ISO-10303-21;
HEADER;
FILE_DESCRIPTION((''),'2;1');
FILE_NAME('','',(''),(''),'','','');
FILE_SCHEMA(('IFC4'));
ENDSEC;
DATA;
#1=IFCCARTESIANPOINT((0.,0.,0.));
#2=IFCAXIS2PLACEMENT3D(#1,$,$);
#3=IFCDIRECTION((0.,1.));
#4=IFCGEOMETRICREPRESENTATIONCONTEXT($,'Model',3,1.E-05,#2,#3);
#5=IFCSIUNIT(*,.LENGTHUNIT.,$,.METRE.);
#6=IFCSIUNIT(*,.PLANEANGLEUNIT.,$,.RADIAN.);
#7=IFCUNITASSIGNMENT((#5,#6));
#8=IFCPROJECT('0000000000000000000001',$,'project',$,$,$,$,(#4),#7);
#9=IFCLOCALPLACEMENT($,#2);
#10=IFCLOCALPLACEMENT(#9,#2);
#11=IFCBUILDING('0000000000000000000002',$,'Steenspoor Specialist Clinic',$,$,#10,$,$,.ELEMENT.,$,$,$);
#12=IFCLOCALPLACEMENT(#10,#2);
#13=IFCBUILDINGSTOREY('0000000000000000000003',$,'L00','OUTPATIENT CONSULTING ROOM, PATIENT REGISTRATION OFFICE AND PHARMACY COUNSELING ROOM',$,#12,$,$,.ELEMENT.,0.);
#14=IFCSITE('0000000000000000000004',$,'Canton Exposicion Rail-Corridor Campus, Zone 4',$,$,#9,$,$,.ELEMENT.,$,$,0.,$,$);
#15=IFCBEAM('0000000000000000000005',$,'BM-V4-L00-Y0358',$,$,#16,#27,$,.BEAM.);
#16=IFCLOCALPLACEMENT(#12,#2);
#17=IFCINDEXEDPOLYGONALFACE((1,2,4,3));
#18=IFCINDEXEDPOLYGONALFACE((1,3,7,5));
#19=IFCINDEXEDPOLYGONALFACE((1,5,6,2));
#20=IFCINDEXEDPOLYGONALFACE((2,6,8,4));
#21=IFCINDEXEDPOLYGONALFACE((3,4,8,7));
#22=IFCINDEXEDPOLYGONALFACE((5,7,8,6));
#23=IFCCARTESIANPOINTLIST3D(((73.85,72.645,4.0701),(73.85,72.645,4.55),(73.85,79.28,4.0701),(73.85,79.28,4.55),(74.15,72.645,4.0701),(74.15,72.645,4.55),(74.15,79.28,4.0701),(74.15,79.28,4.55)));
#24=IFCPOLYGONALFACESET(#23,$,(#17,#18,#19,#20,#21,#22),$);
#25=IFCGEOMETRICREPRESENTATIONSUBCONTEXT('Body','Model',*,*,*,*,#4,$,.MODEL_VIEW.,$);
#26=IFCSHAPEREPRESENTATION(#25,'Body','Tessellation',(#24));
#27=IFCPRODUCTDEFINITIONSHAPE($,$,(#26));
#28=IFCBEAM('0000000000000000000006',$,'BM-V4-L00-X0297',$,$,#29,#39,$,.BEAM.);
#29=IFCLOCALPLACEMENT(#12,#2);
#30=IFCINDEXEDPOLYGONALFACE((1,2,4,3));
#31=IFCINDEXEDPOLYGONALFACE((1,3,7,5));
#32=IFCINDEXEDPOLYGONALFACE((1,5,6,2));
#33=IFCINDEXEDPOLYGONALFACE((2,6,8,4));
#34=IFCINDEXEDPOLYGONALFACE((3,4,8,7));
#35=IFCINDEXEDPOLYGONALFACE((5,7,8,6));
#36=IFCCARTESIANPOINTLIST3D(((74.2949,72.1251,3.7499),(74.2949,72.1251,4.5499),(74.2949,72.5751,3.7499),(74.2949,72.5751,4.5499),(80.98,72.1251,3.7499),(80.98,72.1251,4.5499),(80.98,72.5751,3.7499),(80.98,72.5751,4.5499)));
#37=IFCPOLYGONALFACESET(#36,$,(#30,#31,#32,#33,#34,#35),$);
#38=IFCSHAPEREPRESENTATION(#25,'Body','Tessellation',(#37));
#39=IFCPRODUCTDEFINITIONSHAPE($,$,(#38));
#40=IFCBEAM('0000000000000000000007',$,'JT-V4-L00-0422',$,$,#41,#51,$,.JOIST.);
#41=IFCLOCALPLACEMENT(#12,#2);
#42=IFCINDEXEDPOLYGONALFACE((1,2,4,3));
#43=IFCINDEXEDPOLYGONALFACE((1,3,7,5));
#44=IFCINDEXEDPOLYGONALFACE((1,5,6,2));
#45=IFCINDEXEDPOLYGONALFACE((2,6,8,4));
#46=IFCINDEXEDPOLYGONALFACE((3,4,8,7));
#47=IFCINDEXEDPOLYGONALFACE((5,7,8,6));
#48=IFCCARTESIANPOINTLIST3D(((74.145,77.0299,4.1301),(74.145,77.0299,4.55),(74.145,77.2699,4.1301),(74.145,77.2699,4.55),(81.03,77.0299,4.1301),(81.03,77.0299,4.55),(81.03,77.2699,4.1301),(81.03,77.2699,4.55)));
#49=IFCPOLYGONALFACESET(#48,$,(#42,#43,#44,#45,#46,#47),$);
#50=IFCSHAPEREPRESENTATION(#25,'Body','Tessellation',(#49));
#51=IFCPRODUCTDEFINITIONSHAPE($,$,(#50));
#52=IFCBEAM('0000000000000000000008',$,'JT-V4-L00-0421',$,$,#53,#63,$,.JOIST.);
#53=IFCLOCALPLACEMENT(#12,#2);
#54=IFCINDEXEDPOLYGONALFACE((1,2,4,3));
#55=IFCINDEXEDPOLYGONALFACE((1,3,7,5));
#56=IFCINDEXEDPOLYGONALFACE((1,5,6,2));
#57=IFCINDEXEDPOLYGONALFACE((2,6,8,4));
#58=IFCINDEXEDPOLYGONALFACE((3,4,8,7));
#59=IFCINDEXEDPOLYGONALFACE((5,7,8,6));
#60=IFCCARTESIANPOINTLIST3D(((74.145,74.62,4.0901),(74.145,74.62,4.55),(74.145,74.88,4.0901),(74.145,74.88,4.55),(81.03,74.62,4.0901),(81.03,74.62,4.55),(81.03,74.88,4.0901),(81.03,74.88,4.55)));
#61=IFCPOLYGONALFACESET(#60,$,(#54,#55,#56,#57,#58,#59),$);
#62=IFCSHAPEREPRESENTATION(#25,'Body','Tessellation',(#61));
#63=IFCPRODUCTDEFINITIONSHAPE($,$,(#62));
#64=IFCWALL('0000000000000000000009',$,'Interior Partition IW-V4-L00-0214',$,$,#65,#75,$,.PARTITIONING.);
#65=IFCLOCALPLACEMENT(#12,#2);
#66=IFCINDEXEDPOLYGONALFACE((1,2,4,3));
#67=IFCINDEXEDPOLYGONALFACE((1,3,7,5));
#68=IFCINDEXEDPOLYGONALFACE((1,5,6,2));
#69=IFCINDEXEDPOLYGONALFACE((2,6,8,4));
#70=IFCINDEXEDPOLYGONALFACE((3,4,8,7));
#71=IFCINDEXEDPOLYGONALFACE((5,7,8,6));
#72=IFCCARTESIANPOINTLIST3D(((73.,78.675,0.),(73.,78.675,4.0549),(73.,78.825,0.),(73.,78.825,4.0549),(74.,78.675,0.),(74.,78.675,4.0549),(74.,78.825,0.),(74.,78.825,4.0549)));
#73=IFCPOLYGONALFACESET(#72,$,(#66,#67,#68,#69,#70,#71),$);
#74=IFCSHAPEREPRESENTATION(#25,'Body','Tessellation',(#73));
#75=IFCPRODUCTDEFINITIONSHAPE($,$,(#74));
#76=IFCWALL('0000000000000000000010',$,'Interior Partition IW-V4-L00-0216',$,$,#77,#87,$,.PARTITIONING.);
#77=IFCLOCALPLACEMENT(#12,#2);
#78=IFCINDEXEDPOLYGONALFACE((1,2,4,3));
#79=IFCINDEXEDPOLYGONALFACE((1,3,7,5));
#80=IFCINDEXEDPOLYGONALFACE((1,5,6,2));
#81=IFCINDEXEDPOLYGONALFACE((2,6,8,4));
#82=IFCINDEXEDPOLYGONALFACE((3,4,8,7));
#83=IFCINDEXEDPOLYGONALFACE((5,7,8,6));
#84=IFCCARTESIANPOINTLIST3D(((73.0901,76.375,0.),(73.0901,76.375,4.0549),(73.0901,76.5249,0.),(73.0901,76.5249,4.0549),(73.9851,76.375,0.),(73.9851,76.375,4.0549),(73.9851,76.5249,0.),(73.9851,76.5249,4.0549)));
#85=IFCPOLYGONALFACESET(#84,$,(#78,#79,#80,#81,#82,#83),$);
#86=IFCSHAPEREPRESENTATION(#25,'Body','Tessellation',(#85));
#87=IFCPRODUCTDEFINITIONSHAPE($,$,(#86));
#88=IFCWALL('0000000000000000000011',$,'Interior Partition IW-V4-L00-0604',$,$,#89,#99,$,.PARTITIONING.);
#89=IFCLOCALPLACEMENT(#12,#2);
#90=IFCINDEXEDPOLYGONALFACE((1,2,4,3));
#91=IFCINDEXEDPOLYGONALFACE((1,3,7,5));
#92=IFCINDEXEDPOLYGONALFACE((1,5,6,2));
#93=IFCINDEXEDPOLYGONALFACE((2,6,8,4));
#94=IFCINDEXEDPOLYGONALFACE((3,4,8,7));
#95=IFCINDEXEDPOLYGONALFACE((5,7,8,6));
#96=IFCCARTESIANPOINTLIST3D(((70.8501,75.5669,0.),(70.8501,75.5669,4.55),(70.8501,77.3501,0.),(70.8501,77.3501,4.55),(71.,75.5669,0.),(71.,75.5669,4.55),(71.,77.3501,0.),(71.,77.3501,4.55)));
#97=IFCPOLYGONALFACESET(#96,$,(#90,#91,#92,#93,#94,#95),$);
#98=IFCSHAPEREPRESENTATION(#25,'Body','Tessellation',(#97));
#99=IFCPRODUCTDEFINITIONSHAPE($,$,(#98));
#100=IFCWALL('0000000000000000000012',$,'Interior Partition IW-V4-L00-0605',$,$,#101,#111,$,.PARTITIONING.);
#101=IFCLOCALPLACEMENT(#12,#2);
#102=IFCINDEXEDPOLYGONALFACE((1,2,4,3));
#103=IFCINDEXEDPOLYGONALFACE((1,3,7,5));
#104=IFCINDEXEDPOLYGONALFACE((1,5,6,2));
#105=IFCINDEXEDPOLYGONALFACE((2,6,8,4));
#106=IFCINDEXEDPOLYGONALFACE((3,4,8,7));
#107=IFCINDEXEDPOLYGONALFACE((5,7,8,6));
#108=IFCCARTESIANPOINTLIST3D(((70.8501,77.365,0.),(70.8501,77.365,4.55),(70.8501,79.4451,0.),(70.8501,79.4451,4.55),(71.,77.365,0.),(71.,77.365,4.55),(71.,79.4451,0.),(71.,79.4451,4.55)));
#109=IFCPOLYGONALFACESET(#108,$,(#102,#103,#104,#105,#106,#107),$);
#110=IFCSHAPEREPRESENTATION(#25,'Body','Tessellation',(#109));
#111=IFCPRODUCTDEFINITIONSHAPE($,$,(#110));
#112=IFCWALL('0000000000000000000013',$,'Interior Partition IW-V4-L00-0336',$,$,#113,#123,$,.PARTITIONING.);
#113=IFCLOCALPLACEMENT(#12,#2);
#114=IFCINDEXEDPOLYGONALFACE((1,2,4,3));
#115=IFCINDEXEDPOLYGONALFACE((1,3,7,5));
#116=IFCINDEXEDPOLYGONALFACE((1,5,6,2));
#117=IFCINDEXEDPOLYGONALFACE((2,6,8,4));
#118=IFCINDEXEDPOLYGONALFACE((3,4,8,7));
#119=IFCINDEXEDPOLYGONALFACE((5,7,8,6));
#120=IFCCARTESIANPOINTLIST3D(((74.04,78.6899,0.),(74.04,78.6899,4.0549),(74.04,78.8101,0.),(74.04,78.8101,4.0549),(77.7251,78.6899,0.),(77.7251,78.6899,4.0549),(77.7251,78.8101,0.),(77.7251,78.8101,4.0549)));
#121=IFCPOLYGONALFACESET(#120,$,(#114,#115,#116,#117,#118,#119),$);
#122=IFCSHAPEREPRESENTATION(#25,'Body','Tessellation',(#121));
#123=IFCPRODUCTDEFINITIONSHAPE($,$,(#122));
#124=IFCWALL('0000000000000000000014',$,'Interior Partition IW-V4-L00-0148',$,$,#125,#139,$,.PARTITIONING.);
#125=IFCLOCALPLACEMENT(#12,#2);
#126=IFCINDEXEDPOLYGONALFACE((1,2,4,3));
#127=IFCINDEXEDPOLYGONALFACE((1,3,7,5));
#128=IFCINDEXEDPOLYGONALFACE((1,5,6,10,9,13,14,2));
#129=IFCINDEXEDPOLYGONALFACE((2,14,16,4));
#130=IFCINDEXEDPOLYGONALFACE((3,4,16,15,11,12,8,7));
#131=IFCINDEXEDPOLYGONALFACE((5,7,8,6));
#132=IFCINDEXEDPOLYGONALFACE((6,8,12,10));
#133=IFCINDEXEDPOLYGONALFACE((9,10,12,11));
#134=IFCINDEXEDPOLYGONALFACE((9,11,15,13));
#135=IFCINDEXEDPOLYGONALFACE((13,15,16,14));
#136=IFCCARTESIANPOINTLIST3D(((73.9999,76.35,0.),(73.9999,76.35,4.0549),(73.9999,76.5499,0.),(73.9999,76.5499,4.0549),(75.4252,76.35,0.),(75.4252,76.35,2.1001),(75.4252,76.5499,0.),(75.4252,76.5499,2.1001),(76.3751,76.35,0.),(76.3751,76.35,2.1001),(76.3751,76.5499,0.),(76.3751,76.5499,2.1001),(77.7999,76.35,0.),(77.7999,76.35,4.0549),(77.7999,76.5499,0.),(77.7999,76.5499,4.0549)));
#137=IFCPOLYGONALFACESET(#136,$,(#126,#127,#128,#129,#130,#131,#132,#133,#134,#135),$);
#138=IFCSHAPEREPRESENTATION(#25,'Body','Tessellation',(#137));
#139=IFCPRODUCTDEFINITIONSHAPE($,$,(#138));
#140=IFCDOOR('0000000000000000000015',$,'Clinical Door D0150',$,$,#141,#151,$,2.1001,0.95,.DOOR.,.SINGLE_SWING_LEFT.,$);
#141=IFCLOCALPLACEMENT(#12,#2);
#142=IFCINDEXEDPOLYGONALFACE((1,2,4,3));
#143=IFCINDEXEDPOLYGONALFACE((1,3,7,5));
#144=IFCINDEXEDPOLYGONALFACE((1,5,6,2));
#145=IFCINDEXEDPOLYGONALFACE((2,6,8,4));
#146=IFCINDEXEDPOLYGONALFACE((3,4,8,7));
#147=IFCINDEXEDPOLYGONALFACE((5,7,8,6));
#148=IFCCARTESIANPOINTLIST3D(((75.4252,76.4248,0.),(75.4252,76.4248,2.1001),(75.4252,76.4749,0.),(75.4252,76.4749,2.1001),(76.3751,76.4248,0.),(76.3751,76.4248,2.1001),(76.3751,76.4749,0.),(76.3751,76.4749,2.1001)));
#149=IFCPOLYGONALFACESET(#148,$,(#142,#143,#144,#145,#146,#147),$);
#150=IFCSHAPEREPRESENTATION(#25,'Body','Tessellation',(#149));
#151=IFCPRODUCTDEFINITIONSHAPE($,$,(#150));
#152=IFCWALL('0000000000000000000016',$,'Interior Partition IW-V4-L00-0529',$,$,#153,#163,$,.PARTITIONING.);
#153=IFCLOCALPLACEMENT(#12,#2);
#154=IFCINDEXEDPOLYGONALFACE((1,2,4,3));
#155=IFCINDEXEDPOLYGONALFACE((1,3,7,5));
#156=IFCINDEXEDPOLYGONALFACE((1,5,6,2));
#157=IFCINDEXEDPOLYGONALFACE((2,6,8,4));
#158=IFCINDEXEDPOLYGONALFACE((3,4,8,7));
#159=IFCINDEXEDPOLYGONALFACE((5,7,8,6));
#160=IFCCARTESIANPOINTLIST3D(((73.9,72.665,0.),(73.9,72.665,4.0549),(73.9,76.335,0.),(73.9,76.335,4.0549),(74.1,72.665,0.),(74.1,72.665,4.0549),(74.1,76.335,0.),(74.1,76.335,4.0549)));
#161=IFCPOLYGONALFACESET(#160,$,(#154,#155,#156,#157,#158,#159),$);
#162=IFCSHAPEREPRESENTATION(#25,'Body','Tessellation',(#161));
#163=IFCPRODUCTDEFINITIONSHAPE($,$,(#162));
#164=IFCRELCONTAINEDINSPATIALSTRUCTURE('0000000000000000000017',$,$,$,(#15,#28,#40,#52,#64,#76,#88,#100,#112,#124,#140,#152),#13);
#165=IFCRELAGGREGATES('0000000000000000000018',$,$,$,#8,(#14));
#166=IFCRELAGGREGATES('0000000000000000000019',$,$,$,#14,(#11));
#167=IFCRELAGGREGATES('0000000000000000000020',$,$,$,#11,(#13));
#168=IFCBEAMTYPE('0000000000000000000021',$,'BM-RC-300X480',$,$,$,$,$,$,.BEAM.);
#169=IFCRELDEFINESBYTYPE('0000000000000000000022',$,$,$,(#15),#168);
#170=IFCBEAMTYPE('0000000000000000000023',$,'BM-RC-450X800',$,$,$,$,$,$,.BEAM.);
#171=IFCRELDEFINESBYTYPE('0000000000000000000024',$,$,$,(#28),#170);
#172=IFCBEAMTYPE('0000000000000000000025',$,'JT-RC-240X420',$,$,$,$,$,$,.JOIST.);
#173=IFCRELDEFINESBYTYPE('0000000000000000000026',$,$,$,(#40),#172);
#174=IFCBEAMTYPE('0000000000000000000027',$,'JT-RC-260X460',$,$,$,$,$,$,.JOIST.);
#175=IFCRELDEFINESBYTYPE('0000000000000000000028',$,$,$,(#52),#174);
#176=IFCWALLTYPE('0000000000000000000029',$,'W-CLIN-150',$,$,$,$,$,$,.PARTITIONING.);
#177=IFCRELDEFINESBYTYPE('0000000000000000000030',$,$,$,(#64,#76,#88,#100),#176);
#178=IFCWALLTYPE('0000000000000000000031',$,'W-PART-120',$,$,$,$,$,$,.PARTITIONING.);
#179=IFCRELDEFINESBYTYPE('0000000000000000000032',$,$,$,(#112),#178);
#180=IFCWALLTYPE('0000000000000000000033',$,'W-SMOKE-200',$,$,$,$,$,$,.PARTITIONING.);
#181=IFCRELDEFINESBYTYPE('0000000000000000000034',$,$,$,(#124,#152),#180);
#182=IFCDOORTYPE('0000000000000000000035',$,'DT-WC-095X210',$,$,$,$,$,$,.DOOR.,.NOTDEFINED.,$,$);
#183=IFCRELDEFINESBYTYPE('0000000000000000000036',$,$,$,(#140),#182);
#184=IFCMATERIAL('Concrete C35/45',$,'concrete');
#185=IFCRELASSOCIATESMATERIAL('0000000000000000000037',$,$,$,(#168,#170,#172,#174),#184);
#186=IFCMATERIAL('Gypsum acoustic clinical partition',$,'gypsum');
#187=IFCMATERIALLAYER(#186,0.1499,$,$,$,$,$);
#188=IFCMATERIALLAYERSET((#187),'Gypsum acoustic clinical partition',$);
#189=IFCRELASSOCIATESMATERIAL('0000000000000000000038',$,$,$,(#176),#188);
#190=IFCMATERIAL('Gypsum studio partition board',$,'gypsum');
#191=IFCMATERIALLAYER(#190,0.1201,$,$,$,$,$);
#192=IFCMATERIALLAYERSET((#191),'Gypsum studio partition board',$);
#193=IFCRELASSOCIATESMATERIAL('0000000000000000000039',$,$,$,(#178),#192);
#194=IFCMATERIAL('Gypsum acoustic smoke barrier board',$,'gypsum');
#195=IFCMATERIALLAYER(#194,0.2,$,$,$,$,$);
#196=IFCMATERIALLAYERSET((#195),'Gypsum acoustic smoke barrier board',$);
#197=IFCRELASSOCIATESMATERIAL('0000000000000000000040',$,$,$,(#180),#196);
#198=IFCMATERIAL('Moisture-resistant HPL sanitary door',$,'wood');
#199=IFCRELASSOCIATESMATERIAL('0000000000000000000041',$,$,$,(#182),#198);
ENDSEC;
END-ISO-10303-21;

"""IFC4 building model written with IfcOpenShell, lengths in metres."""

from ifc_helpers import new_model, si_unit, direction, frame, frame_2d, origin, origin_2d, place, context, subcontext, project, spatial, rectangle, extrude, material, layer, layer_set, material_profile, profile_set, type_object, element, fill, save


model = new_model("IFC4")

# Units and contexts
model_context = context("Model", 3, precision=1e-05, world=origin(), true_north=direction((0.0, 1.0)))
body_context = subcontext(model_context, "Body", "Model", "MODEL_VIEW")
ifc_project = project(units=[si_unit("LENGTHUNIT", "METRE"), si_unit("PLANEANGLEUNIT", "RADIAN")], contexts=[model_context])

# Site, building, storey
site_placement = place(None, origin())
site = spatial("IfcSite", under=ifc_project, at=site_placement, Name="Canton Exposicion Rail-Corridor Campus, Zone 4", CompositionType="ELEMENT", RefElevation=0.0)
building_placement = place(site_placement, origin())
building = spatial("IfcBuilding", under=site, at=building_placement, Name="Steenspoor Specialist Clinic", CompositionType="ELEMENT")
storey_placement = place(building_placement, origin())
storey = spatial("IfcBuildingStorey", under=building, at=storey_placement, Name="L00", Description="OUTPATIENT CONSULTING ROOM, PATIENT REGISTRATION OFFICE AND PHARMACY COUNSELING ROOM", CompositionType="ELEMENT", Elevation=0.0)

# Shared definitions
ifc_material_1 = material(Name="Concrete C35/45", Category="concrete")

# Beams
ifc_material_profile_1 = material_profile(ifc_material_1, rectangle(XDim=0.3, YDim=0.48, at=origin_2d()), Name="RC-BM-300X480")
ifc_profile_set_1 = profile_set([ifc_material_profile_1], Name="Concrete C35/45")
beam_type_1 = type_object("IfcBeamType", Name="BM-RC-300X480", PredefinedType="BEAM", material=ifc_profile_set_1)
beam_1_placement = place(storey_placement, frame((74.0, 72.645, 4.3101), z_axis=(0.0, 1.0, 0.0), x_axis=(-1.0, 0.0, 0.0)))
element("IfcBeam", 1, at=beam_1_placement, inside=storey, type_object=beam_type_1, Name="BM-V4-L00-Y0358", PredefinedType="BEAM", context=body_context, shape_type="SweptSolid", body=[
    extrude(rectangle(XDim=0.3, YDim=0.48, at=origin_2d()), origin(), (0.0, 0.0, 1.0), 6.635),
])
ifc_material_profile_2 = material_profile(ifc_material_1, rectangle(XDim=0.45, YDim=0.8, at=origin_2d()), Name="RC-BM-450X800")
ifc_profile_set_2 = profile_set([ifc_material_profile_2], Name="Concrete C35/45")
beam_type_2 = type_object("IfcBeamType", Name="BM-RC-450X800", PredefinedType="BEAM", material=ifc_profile_set_2)
beam_2_placement = place(storey_placement, frame((74.2949, 72.3501, 4.1499), z_axis=(1.0, 0.0, 0.0), x_axis=(0.0, 1.0, 0.0)))
element("IfcBeam", 2, at=beam_2_placement, inside=storey, type_object=beam_type_2, Name="BM-V4-L00-X0297", PredefinedType="BEAM", context=body_context, shape_type="SweptSolid", body=[
    extrude(rectangle(XDim=0.45, YDim=0.8, at=origin_2d()), origin(), (0.0, 0.0, 1.0), 6.6851),
])
ifc_material_profile_3 = material_profile(ifc_material_1, rectangle(XDim=0.24, YDim=0.4199, at=origin_2d()), Name="RC-JT-240X420")
ifc_profile_set_3 = profile_set([ifc_material_profile_3], Name="Concrete C35/45")
beam_type_3 = type_object("IfcBeamType", Name="JT-RC-240X420", PredefinedType="JOIST", material=ifc_profile_set_3)
beam_3_placement = place(storey_placement, frame((74.145, 77.1499, 4.3401), z_axis=(1.0, 0.0, 0.0), x_axis=(0.0, 1.0, 0.0)))
element("IfcBeam", 3, at=beam_3_placement, inside=storey, type_object=beam_type_3, Name="JT-V4-L00-0422", PredefinedType="JOIST", context=body_context, shape_type="SweptSolid", body=[
    extrude(rectangle(XDim=0.24, YDim=0.4199, at=origin_2d()), origin(), (0.0, 0.0, 1.0), 6.885),
])
ifc_material_profile_4 = material_profile(ifc_material_1, rectangle(XDim=0.26, YDim=0.46, at=origin_2d()), Name="RC-JT-260X460")
ifc_profile_set_4 = profile_set([ifc_material_profile_4], Name="Concrete C35/45")
beam_type_4 = type_object("IfcBeamType", Name="JT-RC-260X460", PredefinedType="JOIST", material=ifc_profile_set_4)
beam_4_placement = place(storey_placement, frame((74.145, 74.75, 4.3201), z_axis=(1.0, 0.0, 0.0), x_axis=(0.0, 1.0, 0.0)))
element("IfcBeam", 4, at=beam_4_placement, inside=storey, type_object=beam_type_4, Name="JT-V4-L00-0421", PredefinedType="JOIST", context=body_context, shape_type="SweptSolid", body=[
    extrude(rectangle(XDim=0.26, YDim=0.46, at=origin_2d()), origin(), (0.0, 0.0, 1.0), 6.885),
])

# Wall
ifc_material_2 = material(Name="Gypsum acoustic clinical partition", Category="gypsum")
ifc_layer_1 = layer(ifc_material_2, 0.1499)
ifc_layer_set_1 = layer_set([ifc_layer_1], Name="Gypsum acoustic clinical partition")
wall_type_1 = type_object("IfcWallType", Name="W-CLIN-150", PredefinedType="PARTITIONING", material=ifc_layer_set_1)
wall_1_placement = place(storey_placement, frame((73.0, 78.75, 0.0), z_axis=(0.0, 0.0, 1.0), x_axis=(1.0, 0.0, 0.0)))
element("IfcWall", 5, at=wall_1_placement, inside=storey, type_object=wall_type_1, Name="Interior Partition IW-V4-L00-0214", PredefinedType="PARTITIONING", context=body_context, shape_type="SweptSolid", body=[
    extrude(rectangle(XDim=1.0, YDim=0.1499, at=frame_2d((0.5, 0.0))), origin(), (0.0, 0.0, 1.0), 4.0549),
])

# Walls
wall_2_placement = place(storey_placement, frame((73.0901, 76.45, 0.0), z_axis=(0.0, 0.0, 1.0), x_axis=(1.0, 0.0, 0.0)))
element("IfcWall", 6, at=wall_2_placement, inside=storey, type_object=wall_type_1, Name="Interior Partition IW-V4-L00-0216", PredefinedType="PARTITIONING", context=body_context, shape_type="SweptSolid", body=[
    extrude(rectangle(XDim=0.895, YDim=0.1499, at=frame_2d((0.4475, 0.0))), origin(), (0.0, 0.0, 1.0), 4.0549),
])
wall_3_placement = place(storey_placement, frame((70.925, 75.5669, 0.0), z_axis=(0.0, 0.0, 1.0), x_axis=(0.0, 1.0, 0.0)))
element("IfcWall", 7, at=wall_3_placement, inside=storey, type_object=wall_type_1, Name="Interior Partition IW-V4-L00-0604", PredefinedType="PARTITIONING", context=body_context, shape_type="SweptSolid", body=[
    extrude(rectangle(XDim=1.7832, YDim=0.1499, at=frame_2d((0.8916, 0.0))), origin(), (0.0, 0.0, 1.0), 4.55),
])
wall_4_placement = place(storey_placement, frame((70.925, 77.365, 0.0), z_axis=(0.0, 0.0, 1.0), x_axis=(0.0, 1.0, 0.0)))
element("IfcWall", 8, at=wall_4_placement, inside=storey, type_object=wall_type_1, Name="Interior Partition IW-V4-L00-0605", PredefinedType="PARTITIONING", context=body_context, shape_type="SweptSolid", body=[
    extrude(rectangle(XDim=2.0801, YDim=0.1499, at=frame_2d((1.04, 0.0))), origin(), (0.0, 0.0, 1.0), 4.55),
])
ifc_material_3 = material(Name="Gypsum studio partition board", Category="gypsum")
ifc_layer_2 = layer(ifc_material_3, 0.1201)
ifc_layer_set_2 = layer_set([ifc_layer_2], Name="Gypsum studio partition board")
wall_type_2 = type_object("IfcWallType", Name="W-PART-120", PredefinedType="PARTITIONING", material=ifc_layer_set_2)
wall_5_placement = place(storey_placement, frame((74.04, 78.75, 0.0), z_axis=(0.0, 0.0, 1.0), x_axis=(1.0, 0.0, 0.0)))
element("IfcWall", 9, at=wall_5_placement, inside=storey, type_object=wall_type_2, Name="Interior Partition IW-V4-L00-0336", PredefinedType="PARTITIONING", context=body_context, shape_type="SweptSolid", body=[
    extrude(rectangle(XDim=3.6851, YDim=0.1201, at=frame_2d((1.8425, 0.0))), origin(), (0.0, 0.0, 1.0), 4.0549),
])

# Wall, opening, door
ifc_material_4 = material(Name="Gypsum acoustic smoke barrier board", Category="gypsum")
ifc_layer_3 = layer(ifc_material_4, 0.2)
ifc_layer_set_3 = layer_set([ifc_layer_3], Name="Gypsum acoustic smoke barrier board")
wall_type_3 = type_object("IfcWallType", Name="W-SMOKE-200", PredefinedType="PARTITIONING", material=ifc_layer_set_3)
wall_6_placement = place(storey_placement, frame((74.0, 76.45, 0.0), z_axis=(0.0, 0.0, 1.0), x_axis=(1.0, 0.0, 0.0)))
wall_6 = element("IfcWall", 10, at=wall_6_placement, inside=storey, type_object=wall_type_3, Name="Interior Partition IW-V4-L00-0148", PredefinedType="PARTITIONING", context=body_context, shape_type="SweptSolid", body=[
    extrude(rectangle(XDim=3.8, YDim=0.2, at=frame_2d((1.8999, 0.0))), origin(), (0.0, 0.0, 1.0), 4.0549),
])
opening_1_placement = place(wall_6_placement, frame((1.425, 0.0, 0.0)))
opening_1 = element("IfcOpeningElement", 11, at=opening_1_placement, cuts=wall_6, PredefinedType="OPENING", context=body_context, shape_type="SweptSolid", body=[
    extrude(rectangle(XDim=0.95, YDim=2.1001, at=frame_2d((0.4751, 1.05))), frame((0.0, 0.1099, 0.0), z_axis=(0.0, -1.0, 0.0), x_axis=(1.0, 0.0, 0.0)), (0.0, 0.0, 1.0), 0.22),
])
ifc_material_5 = material(Name="Moisture-resistant HPL sanitary door", Category="wood")
door_type_1 = type_object("IfcDoorType", Name="DT-WC-095X210", OperationType="NOTDEFINED", PredefinedType="DOOR", material=ifc_material_5)
door_1_placement = place(opening_1_placement, origin())
door_1 = element("IfcDoor", 12, at=door_1_placement, inside=storey, type_object=door_type_1, Name="Clinical Door D0150", OperationType="SINGLE_SWING_LEFT", OverallHeight=2.1001, OverallWidth=0.95, PredefinedType="DOOR", context=body_context, shape_type="SweptSolid", body=[
    extrude(rectangle(XDim=0.95, YDim=2.1001, at=frame_2d((0.4751, 1.05))), frame((0.0, 0.0249, 0.0), z_axis=(0.0, -1.0, 0.0), x_axis=(1.0, 0.0, 0.0)), (0.0, 0.0, 1.0), 0.05),
])
fill(opening_1, door_1)

# Wall
wall_7_placement = place(storey_placement, frame((74.0, 72.665, 0.0), z_axis=(0.0, 0.0, 1.0), x_axis=(0.0, 1.0, 0.0)))
element("IfcWall", 13, at=wall_7_placement, inside=storey, type_object=wall_type_3, Name="Interior Partition IW-V4-L00-0529", PredefinedType="PARTITIONING", context=body_context, shape_type="SweptSolid", body=[
    extrude(rectangle(XDim=3.6699, YDim=0.2, at=frame_2d((1.835, 0.0))), origin(), (0.0, 0.0, 1.0), 4.0549),
])

save(model, "model.ifc")
